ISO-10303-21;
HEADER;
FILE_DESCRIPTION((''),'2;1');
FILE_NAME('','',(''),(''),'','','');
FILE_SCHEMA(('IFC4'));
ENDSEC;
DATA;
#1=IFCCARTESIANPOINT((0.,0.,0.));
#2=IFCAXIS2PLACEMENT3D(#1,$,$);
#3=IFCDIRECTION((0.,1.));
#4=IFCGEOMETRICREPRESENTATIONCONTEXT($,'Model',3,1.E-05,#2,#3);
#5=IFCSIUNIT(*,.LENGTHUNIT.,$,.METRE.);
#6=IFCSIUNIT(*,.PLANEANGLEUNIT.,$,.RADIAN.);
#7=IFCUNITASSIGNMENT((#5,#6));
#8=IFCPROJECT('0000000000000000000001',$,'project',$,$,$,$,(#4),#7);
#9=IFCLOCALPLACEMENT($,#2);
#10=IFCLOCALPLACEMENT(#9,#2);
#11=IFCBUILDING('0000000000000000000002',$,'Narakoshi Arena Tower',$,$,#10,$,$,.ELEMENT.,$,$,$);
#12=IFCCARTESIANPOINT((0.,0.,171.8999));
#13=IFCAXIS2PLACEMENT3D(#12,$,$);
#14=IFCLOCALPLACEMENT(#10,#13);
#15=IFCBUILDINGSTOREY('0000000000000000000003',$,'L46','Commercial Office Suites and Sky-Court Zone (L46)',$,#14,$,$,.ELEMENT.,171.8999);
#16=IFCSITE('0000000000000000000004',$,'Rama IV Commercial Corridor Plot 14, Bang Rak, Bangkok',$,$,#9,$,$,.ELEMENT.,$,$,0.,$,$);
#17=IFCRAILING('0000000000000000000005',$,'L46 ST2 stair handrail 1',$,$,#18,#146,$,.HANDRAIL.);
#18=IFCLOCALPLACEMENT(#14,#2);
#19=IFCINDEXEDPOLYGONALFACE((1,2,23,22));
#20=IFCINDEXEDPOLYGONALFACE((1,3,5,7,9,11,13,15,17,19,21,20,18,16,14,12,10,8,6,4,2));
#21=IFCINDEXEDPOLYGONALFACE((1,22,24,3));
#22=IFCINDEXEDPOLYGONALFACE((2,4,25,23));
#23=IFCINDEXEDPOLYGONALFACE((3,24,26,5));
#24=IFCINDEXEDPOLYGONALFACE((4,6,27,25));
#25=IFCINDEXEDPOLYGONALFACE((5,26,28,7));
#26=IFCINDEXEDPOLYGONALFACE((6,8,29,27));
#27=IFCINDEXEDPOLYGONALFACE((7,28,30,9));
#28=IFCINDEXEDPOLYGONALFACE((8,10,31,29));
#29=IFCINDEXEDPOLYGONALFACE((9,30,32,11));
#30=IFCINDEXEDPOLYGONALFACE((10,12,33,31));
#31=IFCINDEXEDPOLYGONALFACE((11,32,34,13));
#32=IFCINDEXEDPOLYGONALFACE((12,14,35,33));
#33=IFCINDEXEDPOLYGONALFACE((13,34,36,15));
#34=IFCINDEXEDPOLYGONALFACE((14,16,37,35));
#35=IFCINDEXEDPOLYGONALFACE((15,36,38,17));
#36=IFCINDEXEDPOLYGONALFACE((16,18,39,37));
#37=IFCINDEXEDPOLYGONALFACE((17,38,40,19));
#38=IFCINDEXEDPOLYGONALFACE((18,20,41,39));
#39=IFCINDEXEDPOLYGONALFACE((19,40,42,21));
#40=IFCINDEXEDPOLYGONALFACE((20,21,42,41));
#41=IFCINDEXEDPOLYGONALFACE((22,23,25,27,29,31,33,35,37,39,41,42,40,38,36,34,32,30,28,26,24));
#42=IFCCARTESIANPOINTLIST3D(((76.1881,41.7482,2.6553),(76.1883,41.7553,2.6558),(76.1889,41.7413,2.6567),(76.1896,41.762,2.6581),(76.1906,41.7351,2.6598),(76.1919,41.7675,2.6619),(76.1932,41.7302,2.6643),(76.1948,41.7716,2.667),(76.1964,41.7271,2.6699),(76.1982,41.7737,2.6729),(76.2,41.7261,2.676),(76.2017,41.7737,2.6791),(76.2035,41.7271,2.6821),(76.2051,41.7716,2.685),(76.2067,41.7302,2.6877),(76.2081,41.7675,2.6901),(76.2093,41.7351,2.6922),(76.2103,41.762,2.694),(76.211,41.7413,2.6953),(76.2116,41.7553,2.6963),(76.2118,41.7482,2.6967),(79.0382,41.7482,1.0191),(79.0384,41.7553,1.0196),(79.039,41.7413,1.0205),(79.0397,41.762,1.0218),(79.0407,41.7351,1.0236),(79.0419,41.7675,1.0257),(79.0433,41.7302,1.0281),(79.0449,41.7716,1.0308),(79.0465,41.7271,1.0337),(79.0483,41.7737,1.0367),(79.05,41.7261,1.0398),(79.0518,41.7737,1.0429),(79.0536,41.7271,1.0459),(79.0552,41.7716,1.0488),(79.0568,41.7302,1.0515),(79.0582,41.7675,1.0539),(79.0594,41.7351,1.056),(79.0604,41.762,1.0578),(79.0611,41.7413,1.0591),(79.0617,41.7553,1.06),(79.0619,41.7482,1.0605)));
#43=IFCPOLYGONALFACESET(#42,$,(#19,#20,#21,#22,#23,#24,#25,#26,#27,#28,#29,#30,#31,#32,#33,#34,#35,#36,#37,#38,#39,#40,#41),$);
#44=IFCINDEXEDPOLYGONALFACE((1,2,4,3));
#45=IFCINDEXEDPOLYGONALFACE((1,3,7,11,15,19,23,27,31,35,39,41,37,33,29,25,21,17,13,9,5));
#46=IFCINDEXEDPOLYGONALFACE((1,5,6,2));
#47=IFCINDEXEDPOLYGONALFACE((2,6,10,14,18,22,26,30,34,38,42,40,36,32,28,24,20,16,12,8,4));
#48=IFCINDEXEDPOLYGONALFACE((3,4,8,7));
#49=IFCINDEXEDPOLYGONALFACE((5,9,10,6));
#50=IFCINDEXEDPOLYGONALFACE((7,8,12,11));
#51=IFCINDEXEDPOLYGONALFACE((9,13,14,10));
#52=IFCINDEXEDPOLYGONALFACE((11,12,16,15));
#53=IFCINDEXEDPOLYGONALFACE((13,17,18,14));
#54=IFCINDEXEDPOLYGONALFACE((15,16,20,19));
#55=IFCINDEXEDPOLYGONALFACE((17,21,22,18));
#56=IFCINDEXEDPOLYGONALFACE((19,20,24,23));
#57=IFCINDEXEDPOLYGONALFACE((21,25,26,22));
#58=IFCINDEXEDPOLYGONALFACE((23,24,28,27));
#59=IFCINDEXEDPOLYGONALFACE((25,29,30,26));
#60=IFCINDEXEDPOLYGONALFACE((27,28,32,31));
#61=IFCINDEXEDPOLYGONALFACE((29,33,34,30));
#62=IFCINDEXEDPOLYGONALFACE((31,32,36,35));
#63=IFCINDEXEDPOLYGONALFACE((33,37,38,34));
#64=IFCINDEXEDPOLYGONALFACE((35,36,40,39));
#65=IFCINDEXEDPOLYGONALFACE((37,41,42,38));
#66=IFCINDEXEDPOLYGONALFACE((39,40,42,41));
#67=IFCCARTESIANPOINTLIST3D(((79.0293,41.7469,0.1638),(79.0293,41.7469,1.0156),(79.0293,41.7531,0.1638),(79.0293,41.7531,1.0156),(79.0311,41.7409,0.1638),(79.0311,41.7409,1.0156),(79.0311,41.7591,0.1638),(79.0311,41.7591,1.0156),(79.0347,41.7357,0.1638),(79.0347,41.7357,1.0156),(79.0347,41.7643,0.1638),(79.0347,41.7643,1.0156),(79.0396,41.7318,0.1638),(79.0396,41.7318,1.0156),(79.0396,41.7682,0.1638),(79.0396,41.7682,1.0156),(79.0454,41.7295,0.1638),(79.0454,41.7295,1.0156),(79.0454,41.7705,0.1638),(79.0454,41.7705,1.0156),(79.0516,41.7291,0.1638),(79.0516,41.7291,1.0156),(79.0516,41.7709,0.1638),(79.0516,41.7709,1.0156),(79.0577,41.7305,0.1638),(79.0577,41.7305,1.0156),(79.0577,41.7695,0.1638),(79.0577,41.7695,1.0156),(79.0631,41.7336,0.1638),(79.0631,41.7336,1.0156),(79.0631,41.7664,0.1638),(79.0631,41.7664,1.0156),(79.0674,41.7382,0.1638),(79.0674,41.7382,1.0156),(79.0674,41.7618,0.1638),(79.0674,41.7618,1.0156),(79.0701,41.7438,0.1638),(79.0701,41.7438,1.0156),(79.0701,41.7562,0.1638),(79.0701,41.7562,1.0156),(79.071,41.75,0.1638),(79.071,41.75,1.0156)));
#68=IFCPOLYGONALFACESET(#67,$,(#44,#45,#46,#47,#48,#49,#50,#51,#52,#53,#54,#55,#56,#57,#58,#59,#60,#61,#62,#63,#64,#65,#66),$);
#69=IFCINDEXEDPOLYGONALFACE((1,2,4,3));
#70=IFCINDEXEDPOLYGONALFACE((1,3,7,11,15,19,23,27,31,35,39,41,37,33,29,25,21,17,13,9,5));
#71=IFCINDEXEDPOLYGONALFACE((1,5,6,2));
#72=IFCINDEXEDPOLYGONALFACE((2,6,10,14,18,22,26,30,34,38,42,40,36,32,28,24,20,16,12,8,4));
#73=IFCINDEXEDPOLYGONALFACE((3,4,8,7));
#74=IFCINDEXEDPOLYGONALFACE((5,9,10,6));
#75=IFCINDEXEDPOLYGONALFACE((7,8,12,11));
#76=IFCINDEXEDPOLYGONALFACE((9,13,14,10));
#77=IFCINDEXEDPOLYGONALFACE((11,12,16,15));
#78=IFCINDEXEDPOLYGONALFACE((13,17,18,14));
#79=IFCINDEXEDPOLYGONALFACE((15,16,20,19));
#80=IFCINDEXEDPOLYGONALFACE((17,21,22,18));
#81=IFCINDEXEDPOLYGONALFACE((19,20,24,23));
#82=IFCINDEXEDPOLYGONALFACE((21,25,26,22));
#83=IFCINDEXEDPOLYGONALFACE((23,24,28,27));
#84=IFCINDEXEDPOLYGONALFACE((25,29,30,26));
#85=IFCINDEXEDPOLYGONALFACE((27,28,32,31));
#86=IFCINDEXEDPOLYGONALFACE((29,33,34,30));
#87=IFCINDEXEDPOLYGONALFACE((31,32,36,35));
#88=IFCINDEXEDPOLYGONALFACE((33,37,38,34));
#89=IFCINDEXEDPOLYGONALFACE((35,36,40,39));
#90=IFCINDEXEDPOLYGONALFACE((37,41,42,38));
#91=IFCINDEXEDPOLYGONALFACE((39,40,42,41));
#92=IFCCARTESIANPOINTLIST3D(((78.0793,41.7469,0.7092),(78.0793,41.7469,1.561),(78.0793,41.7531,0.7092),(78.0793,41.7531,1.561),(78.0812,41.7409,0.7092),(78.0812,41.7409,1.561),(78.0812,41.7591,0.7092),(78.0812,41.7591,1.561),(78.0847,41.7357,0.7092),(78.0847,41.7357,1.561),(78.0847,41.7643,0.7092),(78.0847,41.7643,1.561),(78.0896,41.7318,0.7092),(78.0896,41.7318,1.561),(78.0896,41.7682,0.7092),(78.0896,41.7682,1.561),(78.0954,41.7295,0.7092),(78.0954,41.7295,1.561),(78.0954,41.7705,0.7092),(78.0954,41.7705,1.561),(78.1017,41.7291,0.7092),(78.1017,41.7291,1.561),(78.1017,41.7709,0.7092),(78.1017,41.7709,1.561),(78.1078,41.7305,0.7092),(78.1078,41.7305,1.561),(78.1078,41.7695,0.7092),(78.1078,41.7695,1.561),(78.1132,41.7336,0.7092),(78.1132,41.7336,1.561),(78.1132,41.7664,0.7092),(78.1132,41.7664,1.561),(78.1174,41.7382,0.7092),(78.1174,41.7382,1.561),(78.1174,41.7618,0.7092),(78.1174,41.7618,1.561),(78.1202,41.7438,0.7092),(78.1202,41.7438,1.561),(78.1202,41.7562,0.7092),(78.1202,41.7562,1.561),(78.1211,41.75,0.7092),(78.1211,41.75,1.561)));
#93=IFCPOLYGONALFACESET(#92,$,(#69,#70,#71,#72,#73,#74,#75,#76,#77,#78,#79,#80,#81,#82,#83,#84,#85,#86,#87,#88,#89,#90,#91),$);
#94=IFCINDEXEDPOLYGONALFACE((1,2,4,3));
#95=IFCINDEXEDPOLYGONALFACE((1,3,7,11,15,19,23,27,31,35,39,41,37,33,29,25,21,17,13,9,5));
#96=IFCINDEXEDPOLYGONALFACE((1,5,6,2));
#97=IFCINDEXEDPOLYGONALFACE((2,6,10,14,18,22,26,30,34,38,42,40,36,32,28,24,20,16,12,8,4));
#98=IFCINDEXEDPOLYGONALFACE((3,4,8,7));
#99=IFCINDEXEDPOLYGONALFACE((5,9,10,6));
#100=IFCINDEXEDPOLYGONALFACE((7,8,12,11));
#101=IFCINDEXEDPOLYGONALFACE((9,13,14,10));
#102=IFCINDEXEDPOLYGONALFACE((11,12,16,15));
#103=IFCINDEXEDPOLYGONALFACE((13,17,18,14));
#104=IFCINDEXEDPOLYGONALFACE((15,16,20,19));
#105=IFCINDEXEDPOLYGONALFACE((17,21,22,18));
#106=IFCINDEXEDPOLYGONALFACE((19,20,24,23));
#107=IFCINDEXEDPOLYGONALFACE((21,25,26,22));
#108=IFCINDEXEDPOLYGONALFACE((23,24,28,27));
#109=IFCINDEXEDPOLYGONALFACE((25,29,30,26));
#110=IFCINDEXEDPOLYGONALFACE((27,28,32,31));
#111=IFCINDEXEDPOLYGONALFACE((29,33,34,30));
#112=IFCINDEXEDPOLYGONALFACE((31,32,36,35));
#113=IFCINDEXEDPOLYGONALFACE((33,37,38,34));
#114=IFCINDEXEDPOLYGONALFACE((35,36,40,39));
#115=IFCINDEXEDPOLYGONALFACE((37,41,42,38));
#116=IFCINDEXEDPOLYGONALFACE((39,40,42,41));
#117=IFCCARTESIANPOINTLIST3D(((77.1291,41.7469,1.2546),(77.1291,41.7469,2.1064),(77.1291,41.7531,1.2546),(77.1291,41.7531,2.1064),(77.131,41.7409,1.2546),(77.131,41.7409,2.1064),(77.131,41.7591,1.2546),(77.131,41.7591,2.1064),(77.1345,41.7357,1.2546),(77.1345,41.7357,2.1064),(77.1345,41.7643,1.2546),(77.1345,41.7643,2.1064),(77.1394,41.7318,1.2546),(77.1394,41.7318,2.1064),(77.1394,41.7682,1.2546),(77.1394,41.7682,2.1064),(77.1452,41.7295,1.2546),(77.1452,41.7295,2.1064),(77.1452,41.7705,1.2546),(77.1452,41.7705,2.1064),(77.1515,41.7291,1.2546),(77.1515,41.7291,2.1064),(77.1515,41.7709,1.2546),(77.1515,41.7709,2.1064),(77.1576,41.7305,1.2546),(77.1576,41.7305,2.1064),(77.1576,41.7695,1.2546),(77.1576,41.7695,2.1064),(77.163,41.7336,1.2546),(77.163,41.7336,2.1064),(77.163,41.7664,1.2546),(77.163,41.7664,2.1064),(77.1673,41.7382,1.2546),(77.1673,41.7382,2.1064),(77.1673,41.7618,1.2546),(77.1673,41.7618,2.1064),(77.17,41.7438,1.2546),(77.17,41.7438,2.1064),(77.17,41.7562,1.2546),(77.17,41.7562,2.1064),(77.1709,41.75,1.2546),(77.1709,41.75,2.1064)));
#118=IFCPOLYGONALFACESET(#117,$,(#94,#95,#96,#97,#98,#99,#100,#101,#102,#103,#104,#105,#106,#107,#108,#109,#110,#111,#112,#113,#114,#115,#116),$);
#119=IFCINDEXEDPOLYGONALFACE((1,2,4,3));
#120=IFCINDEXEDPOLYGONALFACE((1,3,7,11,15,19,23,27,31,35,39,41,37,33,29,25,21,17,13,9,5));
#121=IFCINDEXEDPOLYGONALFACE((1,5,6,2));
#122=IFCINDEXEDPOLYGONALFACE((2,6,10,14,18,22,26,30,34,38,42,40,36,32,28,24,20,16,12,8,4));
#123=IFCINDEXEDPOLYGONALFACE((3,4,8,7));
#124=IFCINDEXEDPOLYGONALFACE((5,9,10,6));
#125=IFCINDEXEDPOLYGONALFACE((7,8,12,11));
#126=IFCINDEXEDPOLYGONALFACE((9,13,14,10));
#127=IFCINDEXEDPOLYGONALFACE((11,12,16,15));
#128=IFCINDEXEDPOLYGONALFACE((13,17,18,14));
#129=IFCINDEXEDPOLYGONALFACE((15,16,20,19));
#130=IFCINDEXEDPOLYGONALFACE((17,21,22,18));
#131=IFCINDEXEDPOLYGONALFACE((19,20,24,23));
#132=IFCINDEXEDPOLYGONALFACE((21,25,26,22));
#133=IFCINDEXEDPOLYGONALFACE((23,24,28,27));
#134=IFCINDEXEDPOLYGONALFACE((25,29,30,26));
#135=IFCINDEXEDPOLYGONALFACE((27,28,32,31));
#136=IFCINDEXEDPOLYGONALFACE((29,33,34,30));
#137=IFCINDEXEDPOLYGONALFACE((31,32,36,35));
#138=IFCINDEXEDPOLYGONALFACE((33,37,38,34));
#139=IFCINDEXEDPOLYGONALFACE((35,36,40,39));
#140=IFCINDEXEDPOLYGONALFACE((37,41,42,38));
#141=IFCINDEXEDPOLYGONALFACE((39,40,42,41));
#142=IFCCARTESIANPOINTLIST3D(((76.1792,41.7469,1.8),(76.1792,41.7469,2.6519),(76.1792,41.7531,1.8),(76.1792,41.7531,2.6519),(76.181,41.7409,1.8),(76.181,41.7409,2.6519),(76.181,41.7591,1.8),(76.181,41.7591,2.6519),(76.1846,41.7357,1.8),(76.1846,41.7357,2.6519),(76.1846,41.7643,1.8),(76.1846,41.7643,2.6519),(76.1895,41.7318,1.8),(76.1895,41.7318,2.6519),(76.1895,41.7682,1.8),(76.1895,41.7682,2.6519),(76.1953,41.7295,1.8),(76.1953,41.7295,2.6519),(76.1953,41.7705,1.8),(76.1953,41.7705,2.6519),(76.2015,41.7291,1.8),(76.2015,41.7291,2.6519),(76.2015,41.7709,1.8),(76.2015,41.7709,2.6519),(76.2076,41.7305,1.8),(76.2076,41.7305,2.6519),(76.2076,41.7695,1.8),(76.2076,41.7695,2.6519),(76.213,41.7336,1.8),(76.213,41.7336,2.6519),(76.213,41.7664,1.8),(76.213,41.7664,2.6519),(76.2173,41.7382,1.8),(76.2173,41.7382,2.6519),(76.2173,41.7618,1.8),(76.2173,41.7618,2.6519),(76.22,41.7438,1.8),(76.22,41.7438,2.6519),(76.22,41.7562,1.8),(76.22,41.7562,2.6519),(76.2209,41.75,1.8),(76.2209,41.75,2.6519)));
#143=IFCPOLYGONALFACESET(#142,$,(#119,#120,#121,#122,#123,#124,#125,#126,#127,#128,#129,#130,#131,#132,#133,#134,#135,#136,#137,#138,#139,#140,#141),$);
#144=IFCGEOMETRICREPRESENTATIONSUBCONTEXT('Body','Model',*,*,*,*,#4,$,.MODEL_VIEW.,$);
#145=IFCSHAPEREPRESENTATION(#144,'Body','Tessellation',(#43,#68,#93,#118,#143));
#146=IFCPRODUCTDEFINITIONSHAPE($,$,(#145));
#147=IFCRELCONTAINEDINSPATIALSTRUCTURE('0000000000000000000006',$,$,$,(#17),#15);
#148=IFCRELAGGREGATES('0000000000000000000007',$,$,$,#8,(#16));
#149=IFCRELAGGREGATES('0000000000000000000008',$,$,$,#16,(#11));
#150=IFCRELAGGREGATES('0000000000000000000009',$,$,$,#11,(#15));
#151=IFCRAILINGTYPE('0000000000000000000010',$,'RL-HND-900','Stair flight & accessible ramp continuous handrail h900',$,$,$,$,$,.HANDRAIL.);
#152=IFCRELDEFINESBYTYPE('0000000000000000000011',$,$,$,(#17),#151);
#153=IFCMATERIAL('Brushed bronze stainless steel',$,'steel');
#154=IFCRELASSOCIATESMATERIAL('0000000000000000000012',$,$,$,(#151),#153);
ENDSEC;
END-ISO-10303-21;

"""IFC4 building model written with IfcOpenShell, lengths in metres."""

from ifc_helpers import new_model, si_unit, direction, frame, origin, origin_2d, place, context, subcontext, project, spatial, circle, extrude, material, type_object, element, save


model = new_model("IFC4")

# Units and contexts
model_context = context("Model", 3, precision=1e-05, world=origin(), true_north=direction((0.0, 1.0)))
body_context = subcontext(model_context, "Body", "Model", "MODEL_VIEW")
ifc_project = project(units=[si_unit("LENGTHUNIT", "METRE"), si_unit("PLANEANGLEUNIT", "RADIAN")], contexts=[model_context])

# Site, building, storey
site_placement = place(None, origin())
site = spatial("IfcSite", under=ifc_project, at=site_placement, Name="Rama IV Commercial Corridor Plot 14, Bang Rak, Bangkok", CompositionType="ELEMENT", RefElevation=0.0)
building_placement = place(site_placement, origin())
building = spatial("IfcBuilding", under=site, at=building_placement, Name="Narakoshi Arena Tower", CompositionType="ELEMENT")
storey_placement = place(building_placement, frame((0.0, 0.0, 171.8999)))
storey = spatial("IfcBuildingStorey", under=building, at=storey_placement, Name="L46", Description="Commercial Office Suites and Sky-Court Zone (L46)", CompositionType="ELEMENT", Elevation=171.8999)

# Railing
ifc_material_1 = material(Name="Brushed bronze stainless steel", Category="steel")
railing_type_1 = type_object("IfcRailingType", Name="RL-HND-900", Description="Stair flight & accessible ramp continuous handrail h900", PredefinedType="HANDRAIL", material=ifc_material_1)
railing_1_placement = place(storey_placement, frame((79.05, 41.75, 0.1638)))
element("IfcRailing", 1, at=railing_1_placement, inside=storey, type_object=railing_type_1, Name="L46 ST2 stair handrail 1", PredefinedType="HANDRAIL", context=body_context, shape_type="SweptSolid", body=[
    extrude(circle(Radius=0.0239, at=origin_2d()), frame((0.0, 0.0, 0.876), z_axis=(-0.867245, 0.0, 0.497882), x_axis=(0.0, -1.0, 0.0)), (0.0, 0.0, 1.0), 3.2864),
    extrude(circle(Radius=0.021, at=origin_2d()), origin(), (0.0, 0.0, 1.0), 0.8518),
    extrude(circle(Radius=0.021, at=origin_2d()), frame((-0.95, 0.0, 0.5454)), (0.0, 0.0, 1.0), 0.8518),
    extrude(circle(Radius=0.021, at=origin_2d()), frame((-1.9001, 0.0, 1.0908)), (0.0, 0.0, 1.0), 0.8518),
    extrude(circle(Radius=0.021, at=origin_2d()), frame((-2.8501, 0.0, 1.6362)), (0.0, 0.0, 1.0), 0.8518),
])

save(model, "model.ifc")
